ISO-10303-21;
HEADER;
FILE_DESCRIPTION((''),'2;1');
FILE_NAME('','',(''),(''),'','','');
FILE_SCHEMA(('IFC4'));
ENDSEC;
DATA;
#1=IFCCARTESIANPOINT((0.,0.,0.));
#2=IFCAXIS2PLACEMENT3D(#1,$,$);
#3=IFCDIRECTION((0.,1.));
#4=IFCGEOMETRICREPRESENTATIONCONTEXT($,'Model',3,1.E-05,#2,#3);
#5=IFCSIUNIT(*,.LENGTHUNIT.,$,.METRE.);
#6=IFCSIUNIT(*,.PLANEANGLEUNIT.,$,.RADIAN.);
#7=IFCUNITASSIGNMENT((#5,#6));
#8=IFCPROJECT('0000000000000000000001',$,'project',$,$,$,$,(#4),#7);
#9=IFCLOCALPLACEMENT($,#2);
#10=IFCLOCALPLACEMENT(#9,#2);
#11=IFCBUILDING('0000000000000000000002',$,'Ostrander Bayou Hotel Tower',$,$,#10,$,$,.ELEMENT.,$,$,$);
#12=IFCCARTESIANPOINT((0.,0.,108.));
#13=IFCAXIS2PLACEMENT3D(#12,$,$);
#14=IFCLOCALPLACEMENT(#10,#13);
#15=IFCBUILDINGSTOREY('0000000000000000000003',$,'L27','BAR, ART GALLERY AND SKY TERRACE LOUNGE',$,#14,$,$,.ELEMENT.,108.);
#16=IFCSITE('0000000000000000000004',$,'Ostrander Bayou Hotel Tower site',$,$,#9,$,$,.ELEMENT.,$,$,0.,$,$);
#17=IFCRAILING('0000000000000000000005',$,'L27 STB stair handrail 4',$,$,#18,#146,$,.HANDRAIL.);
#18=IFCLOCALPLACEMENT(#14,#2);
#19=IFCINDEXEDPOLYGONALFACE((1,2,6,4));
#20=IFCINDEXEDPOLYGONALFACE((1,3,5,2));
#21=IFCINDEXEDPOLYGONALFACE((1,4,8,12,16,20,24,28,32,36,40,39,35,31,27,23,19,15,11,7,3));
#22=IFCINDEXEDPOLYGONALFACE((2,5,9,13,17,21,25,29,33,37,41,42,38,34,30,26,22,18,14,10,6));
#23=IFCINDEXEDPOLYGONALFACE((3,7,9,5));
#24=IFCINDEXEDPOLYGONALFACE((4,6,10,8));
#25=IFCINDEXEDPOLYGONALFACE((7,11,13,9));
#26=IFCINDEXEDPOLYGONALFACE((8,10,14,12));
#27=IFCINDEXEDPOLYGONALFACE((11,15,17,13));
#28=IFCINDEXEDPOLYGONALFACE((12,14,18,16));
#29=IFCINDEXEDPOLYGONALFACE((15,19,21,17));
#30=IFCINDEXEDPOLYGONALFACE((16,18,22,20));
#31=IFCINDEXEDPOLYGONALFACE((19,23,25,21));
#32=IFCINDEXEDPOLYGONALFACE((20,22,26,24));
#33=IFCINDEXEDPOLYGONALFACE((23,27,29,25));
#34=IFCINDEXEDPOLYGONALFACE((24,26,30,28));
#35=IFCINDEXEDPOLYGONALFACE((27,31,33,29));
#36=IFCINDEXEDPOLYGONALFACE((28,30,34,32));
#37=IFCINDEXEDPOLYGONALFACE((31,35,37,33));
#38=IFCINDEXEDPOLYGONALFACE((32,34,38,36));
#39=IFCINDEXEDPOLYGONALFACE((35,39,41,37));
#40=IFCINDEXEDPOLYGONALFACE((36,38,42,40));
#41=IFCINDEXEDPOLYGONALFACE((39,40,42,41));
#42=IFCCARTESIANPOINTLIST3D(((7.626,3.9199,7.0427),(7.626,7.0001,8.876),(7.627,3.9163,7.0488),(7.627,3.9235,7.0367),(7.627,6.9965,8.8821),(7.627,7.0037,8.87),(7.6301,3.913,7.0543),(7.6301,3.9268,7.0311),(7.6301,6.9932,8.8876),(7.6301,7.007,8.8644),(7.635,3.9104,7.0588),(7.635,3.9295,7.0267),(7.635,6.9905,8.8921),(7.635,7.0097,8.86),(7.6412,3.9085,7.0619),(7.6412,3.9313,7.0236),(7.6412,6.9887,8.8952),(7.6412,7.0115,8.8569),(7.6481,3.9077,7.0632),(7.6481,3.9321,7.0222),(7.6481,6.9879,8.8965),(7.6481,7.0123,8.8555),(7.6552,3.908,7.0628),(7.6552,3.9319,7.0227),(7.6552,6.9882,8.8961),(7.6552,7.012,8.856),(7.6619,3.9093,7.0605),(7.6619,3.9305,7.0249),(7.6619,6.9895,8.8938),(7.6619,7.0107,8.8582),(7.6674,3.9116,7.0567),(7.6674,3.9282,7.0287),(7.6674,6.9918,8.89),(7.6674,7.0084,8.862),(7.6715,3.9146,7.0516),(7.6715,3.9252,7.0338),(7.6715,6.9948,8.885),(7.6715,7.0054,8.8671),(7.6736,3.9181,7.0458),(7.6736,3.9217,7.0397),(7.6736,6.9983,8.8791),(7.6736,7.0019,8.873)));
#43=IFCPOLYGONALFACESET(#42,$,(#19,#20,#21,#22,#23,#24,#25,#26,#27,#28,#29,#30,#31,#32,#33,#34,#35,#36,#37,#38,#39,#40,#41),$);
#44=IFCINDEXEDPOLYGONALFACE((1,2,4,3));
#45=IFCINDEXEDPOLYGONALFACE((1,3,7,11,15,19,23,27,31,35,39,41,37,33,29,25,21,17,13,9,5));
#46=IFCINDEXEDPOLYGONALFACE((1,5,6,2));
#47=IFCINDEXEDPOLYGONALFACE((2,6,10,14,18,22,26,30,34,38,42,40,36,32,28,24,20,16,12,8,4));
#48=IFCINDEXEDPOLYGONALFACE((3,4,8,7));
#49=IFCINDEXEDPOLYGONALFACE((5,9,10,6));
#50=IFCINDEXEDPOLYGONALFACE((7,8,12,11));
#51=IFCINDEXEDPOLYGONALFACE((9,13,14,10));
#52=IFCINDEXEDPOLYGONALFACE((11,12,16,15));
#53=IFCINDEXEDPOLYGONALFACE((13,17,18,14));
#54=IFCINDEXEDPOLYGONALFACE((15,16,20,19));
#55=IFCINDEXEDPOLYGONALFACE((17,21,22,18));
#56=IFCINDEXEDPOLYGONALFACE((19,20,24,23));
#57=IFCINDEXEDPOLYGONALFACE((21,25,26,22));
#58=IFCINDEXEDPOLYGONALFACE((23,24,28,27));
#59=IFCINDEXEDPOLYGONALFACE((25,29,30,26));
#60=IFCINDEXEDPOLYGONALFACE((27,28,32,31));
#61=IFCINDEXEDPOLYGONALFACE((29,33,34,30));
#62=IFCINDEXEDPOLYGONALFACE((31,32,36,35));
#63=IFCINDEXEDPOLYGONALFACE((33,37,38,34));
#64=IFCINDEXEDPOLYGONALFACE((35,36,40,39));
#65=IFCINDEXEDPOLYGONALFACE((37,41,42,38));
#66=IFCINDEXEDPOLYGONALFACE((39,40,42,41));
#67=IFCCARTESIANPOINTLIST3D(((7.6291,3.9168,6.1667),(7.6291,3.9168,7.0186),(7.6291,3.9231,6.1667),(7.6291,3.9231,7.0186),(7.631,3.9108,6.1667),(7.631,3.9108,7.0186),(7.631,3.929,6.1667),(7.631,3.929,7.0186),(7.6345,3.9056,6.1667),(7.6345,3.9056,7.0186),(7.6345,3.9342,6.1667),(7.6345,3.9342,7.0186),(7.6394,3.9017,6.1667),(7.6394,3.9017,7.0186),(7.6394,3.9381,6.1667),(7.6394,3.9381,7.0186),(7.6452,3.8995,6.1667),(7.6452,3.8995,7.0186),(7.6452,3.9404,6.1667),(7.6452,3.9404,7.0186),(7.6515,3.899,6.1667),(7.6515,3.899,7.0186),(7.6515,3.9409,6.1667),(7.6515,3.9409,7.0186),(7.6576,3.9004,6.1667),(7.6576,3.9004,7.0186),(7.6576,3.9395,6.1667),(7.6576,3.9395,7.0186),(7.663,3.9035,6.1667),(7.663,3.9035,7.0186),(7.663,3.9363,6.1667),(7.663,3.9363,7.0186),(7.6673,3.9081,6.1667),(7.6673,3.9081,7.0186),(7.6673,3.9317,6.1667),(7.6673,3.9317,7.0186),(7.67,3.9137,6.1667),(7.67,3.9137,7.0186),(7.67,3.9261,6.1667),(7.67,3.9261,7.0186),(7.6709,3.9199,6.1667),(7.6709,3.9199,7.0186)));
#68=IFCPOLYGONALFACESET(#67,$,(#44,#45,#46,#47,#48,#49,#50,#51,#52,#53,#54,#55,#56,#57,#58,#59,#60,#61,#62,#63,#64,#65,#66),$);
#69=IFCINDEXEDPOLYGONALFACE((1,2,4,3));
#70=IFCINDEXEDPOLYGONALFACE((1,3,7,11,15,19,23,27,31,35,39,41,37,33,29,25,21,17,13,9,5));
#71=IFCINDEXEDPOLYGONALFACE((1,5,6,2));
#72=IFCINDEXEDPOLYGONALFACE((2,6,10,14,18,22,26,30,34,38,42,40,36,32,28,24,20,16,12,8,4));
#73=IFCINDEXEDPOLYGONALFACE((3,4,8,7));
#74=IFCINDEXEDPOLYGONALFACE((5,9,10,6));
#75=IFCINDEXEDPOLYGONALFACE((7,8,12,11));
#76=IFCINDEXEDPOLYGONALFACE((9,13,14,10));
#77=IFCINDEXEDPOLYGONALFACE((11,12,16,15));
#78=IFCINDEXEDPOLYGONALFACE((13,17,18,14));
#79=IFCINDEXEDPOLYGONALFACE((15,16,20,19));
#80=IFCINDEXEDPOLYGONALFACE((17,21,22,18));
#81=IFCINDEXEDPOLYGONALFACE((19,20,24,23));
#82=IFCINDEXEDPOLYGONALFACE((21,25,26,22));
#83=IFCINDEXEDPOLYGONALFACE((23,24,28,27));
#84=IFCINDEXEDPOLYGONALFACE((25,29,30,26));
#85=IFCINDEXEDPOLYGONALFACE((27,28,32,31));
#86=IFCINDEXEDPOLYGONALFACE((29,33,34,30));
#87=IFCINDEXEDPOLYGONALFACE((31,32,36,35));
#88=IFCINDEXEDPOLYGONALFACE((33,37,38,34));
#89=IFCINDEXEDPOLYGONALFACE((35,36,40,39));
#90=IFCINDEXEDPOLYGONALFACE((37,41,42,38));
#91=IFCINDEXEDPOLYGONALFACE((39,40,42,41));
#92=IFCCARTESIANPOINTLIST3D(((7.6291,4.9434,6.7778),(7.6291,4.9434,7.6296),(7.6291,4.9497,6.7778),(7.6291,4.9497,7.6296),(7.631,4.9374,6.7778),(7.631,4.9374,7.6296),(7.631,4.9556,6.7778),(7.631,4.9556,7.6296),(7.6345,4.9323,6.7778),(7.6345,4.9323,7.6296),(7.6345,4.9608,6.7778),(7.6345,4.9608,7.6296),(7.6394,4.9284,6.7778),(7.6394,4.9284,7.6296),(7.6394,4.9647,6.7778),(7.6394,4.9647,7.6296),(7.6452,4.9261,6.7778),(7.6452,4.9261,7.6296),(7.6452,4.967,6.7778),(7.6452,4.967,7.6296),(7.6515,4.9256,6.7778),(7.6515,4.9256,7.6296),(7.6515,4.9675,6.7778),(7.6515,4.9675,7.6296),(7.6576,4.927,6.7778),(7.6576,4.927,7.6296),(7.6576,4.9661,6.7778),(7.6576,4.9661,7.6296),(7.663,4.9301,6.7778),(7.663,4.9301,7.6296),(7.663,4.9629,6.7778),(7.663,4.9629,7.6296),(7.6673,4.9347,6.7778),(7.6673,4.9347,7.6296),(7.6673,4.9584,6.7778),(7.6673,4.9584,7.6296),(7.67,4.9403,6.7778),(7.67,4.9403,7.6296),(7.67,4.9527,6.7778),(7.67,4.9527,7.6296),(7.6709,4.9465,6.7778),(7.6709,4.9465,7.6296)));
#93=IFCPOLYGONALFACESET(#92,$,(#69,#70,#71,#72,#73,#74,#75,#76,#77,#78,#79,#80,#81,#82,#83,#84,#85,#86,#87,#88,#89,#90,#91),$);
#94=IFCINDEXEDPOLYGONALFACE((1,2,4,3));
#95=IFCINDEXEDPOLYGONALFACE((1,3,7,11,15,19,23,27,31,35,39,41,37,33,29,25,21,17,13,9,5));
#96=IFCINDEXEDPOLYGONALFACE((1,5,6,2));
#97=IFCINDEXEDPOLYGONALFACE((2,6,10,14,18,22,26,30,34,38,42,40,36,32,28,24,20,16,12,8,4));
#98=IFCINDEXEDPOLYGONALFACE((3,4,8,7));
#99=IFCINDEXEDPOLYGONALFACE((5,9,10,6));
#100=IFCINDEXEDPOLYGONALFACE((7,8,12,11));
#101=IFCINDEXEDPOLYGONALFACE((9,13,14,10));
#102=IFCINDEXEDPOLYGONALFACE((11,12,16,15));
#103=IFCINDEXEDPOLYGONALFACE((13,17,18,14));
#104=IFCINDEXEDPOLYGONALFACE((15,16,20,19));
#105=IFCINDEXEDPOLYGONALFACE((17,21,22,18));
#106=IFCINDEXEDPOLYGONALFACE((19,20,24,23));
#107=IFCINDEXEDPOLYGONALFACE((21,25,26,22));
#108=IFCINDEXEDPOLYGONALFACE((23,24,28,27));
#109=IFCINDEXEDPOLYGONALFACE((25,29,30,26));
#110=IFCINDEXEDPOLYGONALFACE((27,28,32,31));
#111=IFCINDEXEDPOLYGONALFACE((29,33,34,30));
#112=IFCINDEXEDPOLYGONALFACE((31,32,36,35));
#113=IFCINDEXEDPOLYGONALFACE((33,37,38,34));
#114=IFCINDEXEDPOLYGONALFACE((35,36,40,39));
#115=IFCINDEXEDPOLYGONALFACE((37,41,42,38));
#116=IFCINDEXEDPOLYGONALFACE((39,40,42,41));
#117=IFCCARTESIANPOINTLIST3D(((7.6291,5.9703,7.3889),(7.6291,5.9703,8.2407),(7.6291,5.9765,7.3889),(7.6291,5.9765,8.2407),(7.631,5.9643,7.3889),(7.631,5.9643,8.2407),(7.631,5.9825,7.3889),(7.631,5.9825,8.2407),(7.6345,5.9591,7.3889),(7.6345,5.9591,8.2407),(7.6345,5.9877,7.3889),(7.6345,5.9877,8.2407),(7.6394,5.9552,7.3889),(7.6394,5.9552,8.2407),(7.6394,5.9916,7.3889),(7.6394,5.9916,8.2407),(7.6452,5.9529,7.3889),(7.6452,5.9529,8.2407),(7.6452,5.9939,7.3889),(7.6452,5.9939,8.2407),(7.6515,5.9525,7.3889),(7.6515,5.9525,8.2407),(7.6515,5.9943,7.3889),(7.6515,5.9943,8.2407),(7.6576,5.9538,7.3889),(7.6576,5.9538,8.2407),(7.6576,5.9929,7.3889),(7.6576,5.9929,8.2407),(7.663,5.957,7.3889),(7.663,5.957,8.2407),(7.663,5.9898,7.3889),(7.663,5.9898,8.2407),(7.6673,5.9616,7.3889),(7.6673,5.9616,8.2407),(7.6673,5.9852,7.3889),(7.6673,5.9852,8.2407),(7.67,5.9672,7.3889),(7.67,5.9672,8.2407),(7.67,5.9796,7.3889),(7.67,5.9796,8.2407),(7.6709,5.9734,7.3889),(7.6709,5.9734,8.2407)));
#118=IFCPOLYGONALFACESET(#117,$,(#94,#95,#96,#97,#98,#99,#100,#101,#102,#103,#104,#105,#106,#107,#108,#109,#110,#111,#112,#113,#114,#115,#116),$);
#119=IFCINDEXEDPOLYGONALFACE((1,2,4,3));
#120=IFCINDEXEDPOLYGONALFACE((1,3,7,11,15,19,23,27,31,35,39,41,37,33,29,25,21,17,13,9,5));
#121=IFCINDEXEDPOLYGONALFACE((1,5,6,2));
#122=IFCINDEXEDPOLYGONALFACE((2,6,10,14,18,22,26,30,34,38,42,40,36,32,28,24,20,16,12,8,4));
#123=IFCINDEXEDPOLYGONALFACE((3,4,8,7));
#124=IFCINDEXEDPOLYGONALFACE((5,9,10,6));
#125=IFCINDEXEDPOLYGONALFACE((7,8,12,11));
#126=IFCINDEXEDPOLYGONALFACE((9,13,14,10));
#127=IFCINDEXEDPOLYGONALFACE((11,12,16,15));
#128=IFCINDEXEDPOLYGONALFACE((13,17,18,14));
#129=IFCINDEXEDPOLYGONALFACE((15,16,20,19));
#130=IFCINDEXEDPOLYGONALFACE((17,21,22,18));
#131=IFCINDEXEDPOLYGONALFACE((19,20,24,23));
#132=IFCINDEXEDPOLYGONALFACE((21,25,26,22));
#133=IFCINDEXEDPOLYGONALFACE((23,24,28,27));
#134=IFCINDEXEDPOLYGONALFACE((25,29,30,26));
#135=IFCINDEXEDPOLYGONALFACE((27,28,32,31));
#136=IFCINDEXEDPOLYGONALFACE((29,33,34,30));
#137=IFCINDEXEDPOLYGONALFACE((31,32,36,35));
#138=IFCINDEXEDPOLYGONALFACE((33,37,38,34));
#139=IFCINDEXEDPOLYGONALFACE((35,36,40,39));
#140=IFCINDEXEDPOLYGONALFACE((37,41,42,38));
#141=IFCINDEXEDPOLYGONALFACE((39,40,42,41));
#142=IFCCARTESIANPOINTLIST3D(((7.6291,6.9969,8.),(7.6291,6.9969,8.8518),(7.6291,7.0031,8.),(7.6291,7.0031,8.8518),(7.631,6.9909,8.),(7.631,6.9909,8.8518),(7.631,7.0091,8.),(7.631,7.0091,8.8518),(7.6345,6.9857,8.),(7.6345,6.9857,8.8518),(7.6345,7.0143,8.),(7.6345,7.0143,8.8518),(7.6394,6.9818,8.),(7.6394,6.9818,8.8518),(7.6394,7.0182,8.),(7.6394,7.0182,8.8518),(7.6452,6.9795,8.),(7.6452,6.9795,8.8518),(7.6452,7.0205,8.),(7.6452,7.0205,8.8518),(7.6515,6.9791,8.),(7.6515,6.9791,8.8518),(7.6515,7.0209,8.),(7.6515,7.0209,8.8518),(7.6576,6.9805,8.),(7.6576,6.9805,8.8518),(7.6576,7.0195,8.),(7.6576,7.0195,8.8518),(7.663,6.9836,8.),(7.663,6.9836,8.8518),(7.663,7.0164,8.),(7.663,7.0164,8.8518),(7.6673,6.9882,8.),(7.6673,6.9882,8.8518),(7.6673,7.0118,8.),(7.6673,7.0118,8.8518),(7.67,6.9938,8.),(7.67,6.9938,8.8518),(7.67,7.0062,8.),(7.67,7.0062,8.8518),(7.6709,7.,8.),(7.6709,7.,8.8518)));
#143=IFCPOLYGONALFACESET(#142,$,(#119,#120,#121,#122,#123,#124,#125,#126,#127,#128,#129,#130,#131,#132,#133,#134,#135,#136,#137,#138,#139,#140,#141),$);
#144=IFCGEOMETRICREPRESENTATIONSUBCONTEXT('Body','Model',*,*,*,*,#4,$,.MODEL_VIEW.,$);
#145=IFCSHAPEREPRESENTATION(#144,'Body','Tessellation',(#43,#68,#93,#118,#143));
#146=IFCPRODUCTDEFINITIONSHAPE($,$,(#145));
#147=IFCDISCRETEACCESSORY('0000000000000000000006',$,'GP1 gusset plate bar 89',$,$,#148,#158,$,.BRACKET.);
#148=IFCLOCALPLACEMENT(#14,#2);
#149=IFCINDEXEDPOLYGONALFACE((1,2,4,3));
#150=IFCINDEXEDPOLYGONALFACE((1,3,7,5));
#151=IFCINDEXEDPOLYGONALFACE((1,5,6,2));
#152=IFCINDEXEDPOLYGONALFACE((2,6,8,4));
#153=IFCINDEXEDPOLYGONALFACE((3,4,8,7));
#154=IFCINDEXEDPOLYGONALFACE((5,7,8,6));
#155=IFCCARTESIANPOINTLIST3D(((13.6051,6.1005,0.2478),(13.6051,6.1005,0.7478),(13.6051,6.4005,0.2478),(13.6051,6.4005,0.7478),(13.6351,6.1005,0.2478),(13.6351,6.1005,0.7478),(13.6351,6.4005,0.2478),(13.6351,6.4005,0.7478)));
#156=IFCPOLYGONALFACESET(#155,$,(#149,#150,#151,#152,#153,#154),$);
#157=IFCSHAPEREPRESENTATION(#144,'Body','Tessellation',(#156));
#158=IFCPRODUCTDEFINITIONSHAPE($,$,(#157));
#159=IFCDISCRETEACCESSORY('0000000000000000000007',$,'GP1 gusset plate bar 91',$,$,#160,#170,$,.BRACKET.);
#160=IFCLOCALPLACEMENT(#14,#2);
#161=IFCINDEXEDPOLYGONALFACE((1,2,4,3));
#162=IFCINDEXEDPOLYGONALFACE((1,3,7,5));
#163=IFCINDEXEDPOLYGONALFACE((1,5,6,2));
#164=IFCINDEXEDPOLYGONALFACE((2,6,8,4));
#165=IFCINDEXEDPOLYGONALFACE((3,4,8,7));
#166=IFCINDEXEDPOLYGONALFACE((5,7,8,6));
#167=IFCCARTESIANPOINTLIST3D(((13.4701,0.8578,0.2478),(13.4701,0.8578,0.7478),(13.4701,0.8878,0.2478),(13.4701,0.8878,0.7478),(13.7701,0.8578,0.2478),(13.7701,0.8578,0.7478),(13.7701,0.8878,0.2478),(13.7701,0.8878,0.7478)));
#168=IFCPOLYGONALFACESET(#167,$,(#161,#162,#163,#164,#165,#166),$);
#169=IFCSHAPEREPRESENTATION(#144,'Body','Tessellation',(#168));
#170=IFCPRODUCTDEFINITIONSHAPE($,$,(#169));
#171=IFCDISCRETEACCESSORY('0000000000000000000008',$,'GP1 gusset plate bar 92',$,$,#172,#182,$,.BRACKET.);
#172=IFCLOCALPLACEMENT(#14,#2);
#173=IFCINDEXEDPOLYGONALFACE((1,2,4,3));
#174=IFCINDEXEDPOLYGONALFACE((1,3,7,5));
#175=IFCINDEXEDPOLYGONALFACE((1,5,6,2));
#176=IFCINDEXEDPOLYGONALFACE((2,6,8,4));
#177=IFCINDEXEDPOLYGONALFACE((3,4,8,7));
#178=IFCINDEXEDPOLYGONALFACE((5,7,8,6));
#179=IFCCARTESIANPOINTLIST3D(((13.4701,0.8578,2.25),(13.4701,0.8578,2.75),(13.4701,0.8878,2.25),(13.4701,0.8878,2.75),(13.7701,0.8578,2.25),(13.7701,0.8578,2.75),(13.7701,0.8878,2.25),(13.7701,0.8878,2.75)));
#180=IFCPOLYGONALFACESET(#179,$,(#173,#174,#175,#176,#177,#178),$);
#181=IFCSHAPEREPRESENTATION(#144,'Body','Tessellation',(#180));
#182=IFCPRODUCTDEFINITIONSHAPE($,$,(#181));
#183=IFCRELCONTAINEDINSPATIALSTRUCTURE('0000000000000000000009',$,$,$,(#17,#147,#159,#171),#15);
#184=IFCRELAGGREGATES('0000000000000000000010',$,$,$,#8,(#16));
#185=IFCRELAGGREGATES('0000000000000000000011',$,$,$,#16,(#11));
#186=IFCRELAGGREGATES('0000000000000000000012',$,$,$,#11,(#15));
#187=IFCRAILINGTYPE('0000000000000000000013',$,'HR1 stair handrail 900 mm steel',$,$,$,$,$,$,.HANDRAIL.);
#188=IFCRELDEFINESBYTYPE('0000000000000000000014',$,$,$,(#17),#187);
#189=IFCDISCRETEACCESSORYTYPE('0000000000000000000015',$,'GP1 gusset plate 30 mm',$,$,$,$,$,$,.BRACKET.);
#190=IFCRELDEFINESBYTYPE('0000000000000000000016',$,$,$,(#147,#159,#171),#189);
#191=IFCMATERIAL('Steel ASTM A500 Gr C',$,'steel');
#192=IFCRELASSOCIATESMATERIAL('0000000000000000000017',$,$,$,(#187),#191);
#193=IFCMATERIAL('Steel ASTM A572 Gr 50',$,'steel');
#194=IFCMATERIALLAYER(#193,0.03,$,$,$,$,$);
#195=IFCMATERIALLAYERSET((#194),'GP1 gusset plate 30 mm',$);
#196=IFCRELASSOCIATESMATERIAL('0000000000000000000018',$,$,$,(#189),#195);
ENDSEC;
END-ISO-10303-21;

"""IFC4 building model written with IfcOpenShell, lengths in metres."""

from ifc_helpers import new_model, si_unit, direction, frame, origin, origin_2d, place, context, subcontext, project, spatial, rectangle, circle, extrude, material, layer, layer_set, type_object, element, save


model = new_model("IFC4")

# Units and contexts
model_context = context("Model", 3, precision=1e-05, world=origin(), true_north=direction((0.0, 1.0)))
body_context = subcontext(model_context, "Body", "Model", "MODEL_VIEW")
ifc_project = project(units=[si_unit("LENGTHUNIT", "METRE"), si_unit("PLANEANGLEUNIT", "RADIAN")], contexts=[model_context])

# Site, building, storey
site_placement = place(None, origin())
site = spatial("IfcSite", under=ifc_project, at=site_placement, Name="Ostrander Bayou Hotel Tower site", CompositionType="ELEMENT", RefElevation=0.0)
building_placement = place(site_placement, origin())
building = spatial("IfcBuilding", under=site, at=building_placement, Name="Ostrander Bayou Hotel Tower", CompositionType="ELEMENT")
storey_placement = place(building_placement, frame((0.0, 0.0, 108.0)))
storey = spatial("IfcBuildingStorey", under=building, at=storey_placement, Name="L27", Description="BAR, ART GALLERY AND SKY TERRACE LOUNGE", CompositionType="ELEMENT", Elevation=108.0)

# Railing
ifc_material_1 = material(Name="Steel ASTM A500 Gr C", Category="steel")
railing_type_1 = type_object("IfcRailingType", Name="HR1 stair handrail 900 mm steel", PredefinedType="HANDRAIL", material=ifc_material_1)
for number, where, name in (
    (1, (7.6499, 3.9199, 6.1667), "L27 STB stair handrail 4"),
):
    element("IfcRailing", number, at=place(storey_placement, frame(where)), inside=storey, type_object=railing_type_1, Name=name, PredefinedType="HANDRAIL", context=body_context, shape_type="SweptSolid", body=[
        extrude(circle(Radius=0.0239, at=origin_2d()), frame((0.0, 0.0, 0.876), z_axis=(0.0, 0.859309, 0.511458), x_axis=(-1.0, 0.0, 0.0)), (0.0, 0.0, 1.0), 3.5845),
        extrude(circle(Radius=0.021, at=origin_2d()), origin(), (0.0, 0.0, 1.0), 0.8518),
        extrude(circle(Radius=0.021, at=origin_2d()), frame((0.0, 1.0266, 0.6111)), (0.0, 0.0, 1.0), 0.8518),
        extrude(circle(Radius=0.021, at=origin_2d()), frame((0.0, 2.0535, 1.2222)), (0.0, 0.0, 1.0), 0.8518),
        extrude(circle(Radius=0.021, at=origin_2d()), frame((0.0, 3.0801, 1.8333)), (0.0, 0.0, 1.0), 0.8518),
    ])

# Discrete accessories
ifc_material_2 = material(Name="Steel ASTM A572 Gr 50", Category="steel")
ifc_layer_1 = layer(ifc_material_2, 0.03)
ifc_layer_set_1 = layer_set([ifc_layer_1], Name="GP1 gusset plate 30 mm")
discrete_accessory_type = type_object("IfcDiscreteAccessoryType", Name="GP1 gusset plate 30 mm", PredefinedType="BRACKET", material=ifc_layer_set_1)
for number, where, z_axis, x_axis, name in (
    (2, (13.6201, 6.2505, 0.2478), (0.0, 0.0, 1.0), (0.0, 1.0, 0.0), "GP1 gusset plate bar 89"),
    (3, (13.6201, 0.8728, 0.2478), (0.0, 0.0, 1.0), (1.0, 0.0, 0.0), "GP1 gusset plate bar 91"),
    (4, (13.6201, 0.8728, 2.25), (0.0, 0.0, 1.0), (1.0, 0.0, 0.0), "GP1 gusset plate bar 92"),
):
    element("IfcDiscreteAccessory", number, at=place(storey_placement, frame(where, z_axis=z_axis, x_axis=x_axis)), inside=storey, type_object=discrete_accessory_type, Name=name, PredefinedType="BRACKET", context=body_context, shape_type="SweptSolid", body=[
        extrude(rectangle(XDim=0.3, YDim=0.03, at=origin_2d()), origin(), (0.0, 0.0, 1.0), 0.5),
    ])

save(model, "model.ifc")
